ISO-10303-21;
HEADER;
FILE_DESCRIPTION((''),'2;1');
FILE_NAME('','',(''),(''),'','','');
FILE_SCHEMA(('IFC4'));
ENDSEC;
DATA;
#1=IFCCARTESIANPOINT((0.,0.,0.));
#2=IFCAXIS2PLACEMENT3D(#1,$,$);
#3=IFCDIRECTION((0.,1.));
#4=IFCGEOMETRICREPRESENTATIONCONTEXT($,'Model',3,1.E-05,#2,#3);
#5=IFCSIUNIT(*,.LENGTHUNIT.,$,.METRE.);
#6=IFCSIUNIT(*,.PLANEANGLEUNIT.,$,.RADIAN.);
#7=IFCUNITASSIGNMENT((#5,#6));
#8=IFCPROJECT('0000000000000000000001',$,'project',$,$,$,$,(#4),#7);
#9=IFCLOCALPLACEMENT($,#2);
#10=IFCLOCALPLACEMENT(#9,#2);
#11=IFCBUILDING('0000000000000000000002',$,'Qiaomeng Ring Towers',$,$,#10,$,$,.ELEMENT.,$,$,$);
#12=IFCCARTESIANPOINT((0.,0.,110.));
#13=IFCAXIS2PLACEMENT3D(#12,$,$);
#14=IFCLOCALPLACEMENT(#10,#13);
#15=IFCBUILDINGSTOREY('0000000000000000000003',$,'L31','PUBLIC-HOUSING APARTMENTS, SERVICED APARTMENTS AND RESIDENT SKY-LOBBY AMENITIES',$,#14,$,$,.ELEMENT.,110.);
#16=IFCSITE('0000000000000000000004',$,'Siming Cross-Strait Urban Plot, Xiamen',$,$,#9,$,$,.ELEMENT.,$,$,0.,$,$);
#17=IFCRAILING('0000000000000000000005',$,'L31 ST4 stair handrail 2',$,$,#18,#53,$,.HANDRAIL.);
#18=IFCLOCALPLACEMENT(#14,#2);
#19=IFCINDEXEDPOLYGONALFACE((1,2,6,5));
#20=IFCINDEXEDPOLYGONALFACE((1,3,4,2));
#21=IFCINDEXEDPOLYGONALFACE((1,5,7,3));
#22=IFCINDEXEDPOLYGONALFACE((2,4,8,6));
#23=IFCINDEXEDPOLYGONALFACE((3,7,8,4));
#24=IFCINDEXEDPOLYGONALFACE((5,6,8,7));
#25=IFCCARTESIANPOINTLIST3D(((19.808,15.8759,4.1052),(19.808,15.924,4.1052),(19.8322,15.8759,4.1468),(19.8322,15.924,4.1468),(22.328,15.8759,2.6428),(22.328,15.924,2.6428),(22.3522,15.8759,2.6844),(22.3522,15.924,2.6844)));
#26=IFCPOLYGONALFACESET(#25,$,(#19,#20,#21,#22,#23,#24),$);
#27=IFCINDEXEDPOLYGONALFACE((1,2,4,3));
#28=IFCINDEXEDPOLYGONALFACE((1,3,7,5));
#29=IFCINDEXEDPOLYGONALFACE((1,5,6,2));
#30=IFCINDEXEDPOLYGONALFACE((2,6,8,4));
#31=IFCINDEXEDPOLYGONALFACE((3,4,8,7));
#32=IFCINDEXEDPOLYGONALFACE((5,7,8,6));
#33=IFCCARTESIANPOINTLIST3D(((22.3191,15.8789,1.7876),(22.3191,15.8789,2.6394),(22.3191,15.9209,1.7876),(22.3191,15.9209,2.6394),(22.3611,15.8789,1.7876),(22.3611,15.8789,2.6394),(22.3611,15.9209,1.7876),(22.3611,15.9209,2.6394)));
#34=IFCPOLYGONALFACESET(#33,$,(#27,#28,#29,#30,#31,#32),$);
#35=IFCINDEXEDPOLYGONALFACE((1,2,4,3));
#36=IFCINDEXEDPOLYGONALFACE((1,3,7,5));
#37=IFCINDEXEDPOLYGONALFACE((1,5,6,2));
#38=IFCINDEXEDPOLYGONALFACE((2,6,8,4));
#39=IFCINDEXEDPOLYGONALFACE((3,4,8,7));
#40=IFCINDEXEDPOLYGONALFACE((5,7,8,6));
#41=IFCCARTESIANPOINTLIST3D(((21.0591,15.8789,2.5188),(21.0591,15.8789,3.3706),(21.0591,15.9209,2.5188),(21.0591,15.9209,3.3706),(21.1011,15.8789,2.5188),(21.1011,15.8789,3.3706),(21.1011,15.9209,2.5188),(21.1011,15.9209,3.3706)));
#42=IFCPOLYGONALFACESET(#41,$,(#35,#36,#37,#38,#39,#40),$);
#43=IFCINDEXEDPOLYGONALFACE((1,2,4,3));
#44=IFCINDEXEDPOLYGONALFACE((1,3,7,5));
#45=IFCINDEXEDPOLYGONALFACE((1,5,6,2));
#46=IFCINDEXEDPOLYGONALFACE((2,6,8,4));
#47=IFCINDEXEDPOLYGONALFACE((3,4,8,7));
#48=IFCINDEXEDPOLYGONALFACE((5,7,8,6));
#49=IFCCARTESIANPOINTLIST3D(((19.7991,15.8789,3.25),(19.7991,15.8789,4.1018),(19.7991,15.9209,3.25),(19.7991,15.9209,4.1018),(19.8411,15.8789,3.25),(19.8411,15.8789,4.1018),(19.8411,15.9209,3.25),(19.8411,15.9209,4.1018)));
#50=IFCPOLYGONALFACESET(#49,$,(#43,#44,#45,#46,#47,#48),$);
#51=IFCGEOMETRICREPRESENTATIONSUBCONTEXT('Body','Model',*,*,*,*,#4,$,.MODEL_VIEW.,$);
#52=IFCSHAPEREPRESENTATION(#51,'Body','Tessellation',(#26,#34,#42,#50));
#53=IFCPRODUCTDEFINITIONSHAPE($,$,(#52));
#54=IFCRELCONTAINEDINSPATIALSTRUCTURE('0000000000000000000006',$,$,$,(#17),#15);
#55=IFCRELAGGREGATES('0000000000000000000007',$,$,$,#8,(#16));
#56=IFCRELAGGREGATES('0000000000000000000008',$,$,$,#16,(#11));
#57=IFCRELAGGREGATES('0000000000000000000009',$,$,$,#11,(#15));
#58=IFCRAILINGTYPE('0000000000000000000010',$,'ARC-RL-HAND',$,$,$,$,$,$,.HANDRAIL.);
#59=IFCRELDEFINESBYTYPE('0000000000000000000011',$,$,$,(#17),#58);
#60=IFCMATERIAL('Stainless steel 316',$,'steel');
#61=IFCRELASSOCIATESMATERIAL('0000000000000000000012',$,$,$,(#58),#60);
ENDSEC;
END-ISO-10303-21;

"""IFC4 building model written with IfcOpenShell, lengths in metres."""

from ifc_helpers import new_model, si_unit, direction, frame, origin, origin_2d, place, context, subcontext, project, spatial, rectangle, extrude, material, type_object, element, save


model = new_model("IFC4")

# Units and contexts
model_context = context("Model", 3, precision=1e-05, world=origin(), true_north=direction((0.0, 1.0)))
body_context = subcontext(model_context, "Body", "Model", "MODEL_VIEW")
ifc_project = project(units=[si_unit("LENGTHUNIT", "METRE"), si_unit("PLANEANGLEUNIT", "RADIAN")], contexts=[model_context])

# Site, building, storey
site_placement = place(None, origin())
site = spatial("IfcSite", under=ifc_project, at=site_placement, Name="Siming Cross-Strait Urban Plot, Xiamen", CompositionType="ELEMENT", RefElevation=0.0)
building_placement = place(site_placement, origin())
building = spatial("IfcBuilding", under=site, at=building_placement, Name="Qiaomeng Ring Towers", CompositionType="ELEMENT")
storey_placement = place(building_placement, frame((0.0, 0.0, 110.0)))
storey = spatial("IfcBuildingStorey", under=building, at=storey_placement, Name="L31", Description="PUBLIC-HOUSING APARTMENTS, SERVICED APARTMENTS AND RESIDENT SKY-LOBBY AMENITIES", CompositionType="ELEMENT", Elevation=110.0)

# Shared definitions
ifc_material_1 = material(Name="Stainless steel 316", Category="steel")

# Railing
railing_type_1 = type_object("IfcRailingType", Name="ARC-RL-HAND", PredefinedType="HANDRAIL", material=ifc_material_1)
railing_1_placement = place(storey_placement, frame((22.3401, 15.8999, 1.7876)))
element("IfcRailing", 1, at=railing_1_placement, inside=storey, type_object=railing_type_1, Name="L31 ST4 stair handrail 2", PredefinedType="HANDRAIL", context=body_context, shape_type="SweptSolid", body=[
    extrude(rectangle(XDim=0.0481, YDim=0.0481, at=origin_2d()), frame((0.0, 0.0, 0.876), z_axis=(-0.864913, 0.0, 0.501921), x_axis=(0.0, -1.0, 0.0)), (0.0, 0.0, 1.0), 2.9136),
    extrude(rectangle(XDim=0.042, YDim=0.042, at=origin_2d()), origin(), (0.0, 0.0, 1.0), 0.8518),
    extrude(rectangle(XDim=0.042, YDim=0.042, at=origin_2d()), frame((-1.26, 0.0, 0.7312)), (0.0, 0.0, 1.0), 0.8518),
    extrude(rectangle(XDim=0.042, YDim=0.042, at=origin_2d()), frame((-2.52, 0.0, 1.4624)), (0.0, 0.0, 1.0), 0.8518),
])

save(model, "model.ifc")
